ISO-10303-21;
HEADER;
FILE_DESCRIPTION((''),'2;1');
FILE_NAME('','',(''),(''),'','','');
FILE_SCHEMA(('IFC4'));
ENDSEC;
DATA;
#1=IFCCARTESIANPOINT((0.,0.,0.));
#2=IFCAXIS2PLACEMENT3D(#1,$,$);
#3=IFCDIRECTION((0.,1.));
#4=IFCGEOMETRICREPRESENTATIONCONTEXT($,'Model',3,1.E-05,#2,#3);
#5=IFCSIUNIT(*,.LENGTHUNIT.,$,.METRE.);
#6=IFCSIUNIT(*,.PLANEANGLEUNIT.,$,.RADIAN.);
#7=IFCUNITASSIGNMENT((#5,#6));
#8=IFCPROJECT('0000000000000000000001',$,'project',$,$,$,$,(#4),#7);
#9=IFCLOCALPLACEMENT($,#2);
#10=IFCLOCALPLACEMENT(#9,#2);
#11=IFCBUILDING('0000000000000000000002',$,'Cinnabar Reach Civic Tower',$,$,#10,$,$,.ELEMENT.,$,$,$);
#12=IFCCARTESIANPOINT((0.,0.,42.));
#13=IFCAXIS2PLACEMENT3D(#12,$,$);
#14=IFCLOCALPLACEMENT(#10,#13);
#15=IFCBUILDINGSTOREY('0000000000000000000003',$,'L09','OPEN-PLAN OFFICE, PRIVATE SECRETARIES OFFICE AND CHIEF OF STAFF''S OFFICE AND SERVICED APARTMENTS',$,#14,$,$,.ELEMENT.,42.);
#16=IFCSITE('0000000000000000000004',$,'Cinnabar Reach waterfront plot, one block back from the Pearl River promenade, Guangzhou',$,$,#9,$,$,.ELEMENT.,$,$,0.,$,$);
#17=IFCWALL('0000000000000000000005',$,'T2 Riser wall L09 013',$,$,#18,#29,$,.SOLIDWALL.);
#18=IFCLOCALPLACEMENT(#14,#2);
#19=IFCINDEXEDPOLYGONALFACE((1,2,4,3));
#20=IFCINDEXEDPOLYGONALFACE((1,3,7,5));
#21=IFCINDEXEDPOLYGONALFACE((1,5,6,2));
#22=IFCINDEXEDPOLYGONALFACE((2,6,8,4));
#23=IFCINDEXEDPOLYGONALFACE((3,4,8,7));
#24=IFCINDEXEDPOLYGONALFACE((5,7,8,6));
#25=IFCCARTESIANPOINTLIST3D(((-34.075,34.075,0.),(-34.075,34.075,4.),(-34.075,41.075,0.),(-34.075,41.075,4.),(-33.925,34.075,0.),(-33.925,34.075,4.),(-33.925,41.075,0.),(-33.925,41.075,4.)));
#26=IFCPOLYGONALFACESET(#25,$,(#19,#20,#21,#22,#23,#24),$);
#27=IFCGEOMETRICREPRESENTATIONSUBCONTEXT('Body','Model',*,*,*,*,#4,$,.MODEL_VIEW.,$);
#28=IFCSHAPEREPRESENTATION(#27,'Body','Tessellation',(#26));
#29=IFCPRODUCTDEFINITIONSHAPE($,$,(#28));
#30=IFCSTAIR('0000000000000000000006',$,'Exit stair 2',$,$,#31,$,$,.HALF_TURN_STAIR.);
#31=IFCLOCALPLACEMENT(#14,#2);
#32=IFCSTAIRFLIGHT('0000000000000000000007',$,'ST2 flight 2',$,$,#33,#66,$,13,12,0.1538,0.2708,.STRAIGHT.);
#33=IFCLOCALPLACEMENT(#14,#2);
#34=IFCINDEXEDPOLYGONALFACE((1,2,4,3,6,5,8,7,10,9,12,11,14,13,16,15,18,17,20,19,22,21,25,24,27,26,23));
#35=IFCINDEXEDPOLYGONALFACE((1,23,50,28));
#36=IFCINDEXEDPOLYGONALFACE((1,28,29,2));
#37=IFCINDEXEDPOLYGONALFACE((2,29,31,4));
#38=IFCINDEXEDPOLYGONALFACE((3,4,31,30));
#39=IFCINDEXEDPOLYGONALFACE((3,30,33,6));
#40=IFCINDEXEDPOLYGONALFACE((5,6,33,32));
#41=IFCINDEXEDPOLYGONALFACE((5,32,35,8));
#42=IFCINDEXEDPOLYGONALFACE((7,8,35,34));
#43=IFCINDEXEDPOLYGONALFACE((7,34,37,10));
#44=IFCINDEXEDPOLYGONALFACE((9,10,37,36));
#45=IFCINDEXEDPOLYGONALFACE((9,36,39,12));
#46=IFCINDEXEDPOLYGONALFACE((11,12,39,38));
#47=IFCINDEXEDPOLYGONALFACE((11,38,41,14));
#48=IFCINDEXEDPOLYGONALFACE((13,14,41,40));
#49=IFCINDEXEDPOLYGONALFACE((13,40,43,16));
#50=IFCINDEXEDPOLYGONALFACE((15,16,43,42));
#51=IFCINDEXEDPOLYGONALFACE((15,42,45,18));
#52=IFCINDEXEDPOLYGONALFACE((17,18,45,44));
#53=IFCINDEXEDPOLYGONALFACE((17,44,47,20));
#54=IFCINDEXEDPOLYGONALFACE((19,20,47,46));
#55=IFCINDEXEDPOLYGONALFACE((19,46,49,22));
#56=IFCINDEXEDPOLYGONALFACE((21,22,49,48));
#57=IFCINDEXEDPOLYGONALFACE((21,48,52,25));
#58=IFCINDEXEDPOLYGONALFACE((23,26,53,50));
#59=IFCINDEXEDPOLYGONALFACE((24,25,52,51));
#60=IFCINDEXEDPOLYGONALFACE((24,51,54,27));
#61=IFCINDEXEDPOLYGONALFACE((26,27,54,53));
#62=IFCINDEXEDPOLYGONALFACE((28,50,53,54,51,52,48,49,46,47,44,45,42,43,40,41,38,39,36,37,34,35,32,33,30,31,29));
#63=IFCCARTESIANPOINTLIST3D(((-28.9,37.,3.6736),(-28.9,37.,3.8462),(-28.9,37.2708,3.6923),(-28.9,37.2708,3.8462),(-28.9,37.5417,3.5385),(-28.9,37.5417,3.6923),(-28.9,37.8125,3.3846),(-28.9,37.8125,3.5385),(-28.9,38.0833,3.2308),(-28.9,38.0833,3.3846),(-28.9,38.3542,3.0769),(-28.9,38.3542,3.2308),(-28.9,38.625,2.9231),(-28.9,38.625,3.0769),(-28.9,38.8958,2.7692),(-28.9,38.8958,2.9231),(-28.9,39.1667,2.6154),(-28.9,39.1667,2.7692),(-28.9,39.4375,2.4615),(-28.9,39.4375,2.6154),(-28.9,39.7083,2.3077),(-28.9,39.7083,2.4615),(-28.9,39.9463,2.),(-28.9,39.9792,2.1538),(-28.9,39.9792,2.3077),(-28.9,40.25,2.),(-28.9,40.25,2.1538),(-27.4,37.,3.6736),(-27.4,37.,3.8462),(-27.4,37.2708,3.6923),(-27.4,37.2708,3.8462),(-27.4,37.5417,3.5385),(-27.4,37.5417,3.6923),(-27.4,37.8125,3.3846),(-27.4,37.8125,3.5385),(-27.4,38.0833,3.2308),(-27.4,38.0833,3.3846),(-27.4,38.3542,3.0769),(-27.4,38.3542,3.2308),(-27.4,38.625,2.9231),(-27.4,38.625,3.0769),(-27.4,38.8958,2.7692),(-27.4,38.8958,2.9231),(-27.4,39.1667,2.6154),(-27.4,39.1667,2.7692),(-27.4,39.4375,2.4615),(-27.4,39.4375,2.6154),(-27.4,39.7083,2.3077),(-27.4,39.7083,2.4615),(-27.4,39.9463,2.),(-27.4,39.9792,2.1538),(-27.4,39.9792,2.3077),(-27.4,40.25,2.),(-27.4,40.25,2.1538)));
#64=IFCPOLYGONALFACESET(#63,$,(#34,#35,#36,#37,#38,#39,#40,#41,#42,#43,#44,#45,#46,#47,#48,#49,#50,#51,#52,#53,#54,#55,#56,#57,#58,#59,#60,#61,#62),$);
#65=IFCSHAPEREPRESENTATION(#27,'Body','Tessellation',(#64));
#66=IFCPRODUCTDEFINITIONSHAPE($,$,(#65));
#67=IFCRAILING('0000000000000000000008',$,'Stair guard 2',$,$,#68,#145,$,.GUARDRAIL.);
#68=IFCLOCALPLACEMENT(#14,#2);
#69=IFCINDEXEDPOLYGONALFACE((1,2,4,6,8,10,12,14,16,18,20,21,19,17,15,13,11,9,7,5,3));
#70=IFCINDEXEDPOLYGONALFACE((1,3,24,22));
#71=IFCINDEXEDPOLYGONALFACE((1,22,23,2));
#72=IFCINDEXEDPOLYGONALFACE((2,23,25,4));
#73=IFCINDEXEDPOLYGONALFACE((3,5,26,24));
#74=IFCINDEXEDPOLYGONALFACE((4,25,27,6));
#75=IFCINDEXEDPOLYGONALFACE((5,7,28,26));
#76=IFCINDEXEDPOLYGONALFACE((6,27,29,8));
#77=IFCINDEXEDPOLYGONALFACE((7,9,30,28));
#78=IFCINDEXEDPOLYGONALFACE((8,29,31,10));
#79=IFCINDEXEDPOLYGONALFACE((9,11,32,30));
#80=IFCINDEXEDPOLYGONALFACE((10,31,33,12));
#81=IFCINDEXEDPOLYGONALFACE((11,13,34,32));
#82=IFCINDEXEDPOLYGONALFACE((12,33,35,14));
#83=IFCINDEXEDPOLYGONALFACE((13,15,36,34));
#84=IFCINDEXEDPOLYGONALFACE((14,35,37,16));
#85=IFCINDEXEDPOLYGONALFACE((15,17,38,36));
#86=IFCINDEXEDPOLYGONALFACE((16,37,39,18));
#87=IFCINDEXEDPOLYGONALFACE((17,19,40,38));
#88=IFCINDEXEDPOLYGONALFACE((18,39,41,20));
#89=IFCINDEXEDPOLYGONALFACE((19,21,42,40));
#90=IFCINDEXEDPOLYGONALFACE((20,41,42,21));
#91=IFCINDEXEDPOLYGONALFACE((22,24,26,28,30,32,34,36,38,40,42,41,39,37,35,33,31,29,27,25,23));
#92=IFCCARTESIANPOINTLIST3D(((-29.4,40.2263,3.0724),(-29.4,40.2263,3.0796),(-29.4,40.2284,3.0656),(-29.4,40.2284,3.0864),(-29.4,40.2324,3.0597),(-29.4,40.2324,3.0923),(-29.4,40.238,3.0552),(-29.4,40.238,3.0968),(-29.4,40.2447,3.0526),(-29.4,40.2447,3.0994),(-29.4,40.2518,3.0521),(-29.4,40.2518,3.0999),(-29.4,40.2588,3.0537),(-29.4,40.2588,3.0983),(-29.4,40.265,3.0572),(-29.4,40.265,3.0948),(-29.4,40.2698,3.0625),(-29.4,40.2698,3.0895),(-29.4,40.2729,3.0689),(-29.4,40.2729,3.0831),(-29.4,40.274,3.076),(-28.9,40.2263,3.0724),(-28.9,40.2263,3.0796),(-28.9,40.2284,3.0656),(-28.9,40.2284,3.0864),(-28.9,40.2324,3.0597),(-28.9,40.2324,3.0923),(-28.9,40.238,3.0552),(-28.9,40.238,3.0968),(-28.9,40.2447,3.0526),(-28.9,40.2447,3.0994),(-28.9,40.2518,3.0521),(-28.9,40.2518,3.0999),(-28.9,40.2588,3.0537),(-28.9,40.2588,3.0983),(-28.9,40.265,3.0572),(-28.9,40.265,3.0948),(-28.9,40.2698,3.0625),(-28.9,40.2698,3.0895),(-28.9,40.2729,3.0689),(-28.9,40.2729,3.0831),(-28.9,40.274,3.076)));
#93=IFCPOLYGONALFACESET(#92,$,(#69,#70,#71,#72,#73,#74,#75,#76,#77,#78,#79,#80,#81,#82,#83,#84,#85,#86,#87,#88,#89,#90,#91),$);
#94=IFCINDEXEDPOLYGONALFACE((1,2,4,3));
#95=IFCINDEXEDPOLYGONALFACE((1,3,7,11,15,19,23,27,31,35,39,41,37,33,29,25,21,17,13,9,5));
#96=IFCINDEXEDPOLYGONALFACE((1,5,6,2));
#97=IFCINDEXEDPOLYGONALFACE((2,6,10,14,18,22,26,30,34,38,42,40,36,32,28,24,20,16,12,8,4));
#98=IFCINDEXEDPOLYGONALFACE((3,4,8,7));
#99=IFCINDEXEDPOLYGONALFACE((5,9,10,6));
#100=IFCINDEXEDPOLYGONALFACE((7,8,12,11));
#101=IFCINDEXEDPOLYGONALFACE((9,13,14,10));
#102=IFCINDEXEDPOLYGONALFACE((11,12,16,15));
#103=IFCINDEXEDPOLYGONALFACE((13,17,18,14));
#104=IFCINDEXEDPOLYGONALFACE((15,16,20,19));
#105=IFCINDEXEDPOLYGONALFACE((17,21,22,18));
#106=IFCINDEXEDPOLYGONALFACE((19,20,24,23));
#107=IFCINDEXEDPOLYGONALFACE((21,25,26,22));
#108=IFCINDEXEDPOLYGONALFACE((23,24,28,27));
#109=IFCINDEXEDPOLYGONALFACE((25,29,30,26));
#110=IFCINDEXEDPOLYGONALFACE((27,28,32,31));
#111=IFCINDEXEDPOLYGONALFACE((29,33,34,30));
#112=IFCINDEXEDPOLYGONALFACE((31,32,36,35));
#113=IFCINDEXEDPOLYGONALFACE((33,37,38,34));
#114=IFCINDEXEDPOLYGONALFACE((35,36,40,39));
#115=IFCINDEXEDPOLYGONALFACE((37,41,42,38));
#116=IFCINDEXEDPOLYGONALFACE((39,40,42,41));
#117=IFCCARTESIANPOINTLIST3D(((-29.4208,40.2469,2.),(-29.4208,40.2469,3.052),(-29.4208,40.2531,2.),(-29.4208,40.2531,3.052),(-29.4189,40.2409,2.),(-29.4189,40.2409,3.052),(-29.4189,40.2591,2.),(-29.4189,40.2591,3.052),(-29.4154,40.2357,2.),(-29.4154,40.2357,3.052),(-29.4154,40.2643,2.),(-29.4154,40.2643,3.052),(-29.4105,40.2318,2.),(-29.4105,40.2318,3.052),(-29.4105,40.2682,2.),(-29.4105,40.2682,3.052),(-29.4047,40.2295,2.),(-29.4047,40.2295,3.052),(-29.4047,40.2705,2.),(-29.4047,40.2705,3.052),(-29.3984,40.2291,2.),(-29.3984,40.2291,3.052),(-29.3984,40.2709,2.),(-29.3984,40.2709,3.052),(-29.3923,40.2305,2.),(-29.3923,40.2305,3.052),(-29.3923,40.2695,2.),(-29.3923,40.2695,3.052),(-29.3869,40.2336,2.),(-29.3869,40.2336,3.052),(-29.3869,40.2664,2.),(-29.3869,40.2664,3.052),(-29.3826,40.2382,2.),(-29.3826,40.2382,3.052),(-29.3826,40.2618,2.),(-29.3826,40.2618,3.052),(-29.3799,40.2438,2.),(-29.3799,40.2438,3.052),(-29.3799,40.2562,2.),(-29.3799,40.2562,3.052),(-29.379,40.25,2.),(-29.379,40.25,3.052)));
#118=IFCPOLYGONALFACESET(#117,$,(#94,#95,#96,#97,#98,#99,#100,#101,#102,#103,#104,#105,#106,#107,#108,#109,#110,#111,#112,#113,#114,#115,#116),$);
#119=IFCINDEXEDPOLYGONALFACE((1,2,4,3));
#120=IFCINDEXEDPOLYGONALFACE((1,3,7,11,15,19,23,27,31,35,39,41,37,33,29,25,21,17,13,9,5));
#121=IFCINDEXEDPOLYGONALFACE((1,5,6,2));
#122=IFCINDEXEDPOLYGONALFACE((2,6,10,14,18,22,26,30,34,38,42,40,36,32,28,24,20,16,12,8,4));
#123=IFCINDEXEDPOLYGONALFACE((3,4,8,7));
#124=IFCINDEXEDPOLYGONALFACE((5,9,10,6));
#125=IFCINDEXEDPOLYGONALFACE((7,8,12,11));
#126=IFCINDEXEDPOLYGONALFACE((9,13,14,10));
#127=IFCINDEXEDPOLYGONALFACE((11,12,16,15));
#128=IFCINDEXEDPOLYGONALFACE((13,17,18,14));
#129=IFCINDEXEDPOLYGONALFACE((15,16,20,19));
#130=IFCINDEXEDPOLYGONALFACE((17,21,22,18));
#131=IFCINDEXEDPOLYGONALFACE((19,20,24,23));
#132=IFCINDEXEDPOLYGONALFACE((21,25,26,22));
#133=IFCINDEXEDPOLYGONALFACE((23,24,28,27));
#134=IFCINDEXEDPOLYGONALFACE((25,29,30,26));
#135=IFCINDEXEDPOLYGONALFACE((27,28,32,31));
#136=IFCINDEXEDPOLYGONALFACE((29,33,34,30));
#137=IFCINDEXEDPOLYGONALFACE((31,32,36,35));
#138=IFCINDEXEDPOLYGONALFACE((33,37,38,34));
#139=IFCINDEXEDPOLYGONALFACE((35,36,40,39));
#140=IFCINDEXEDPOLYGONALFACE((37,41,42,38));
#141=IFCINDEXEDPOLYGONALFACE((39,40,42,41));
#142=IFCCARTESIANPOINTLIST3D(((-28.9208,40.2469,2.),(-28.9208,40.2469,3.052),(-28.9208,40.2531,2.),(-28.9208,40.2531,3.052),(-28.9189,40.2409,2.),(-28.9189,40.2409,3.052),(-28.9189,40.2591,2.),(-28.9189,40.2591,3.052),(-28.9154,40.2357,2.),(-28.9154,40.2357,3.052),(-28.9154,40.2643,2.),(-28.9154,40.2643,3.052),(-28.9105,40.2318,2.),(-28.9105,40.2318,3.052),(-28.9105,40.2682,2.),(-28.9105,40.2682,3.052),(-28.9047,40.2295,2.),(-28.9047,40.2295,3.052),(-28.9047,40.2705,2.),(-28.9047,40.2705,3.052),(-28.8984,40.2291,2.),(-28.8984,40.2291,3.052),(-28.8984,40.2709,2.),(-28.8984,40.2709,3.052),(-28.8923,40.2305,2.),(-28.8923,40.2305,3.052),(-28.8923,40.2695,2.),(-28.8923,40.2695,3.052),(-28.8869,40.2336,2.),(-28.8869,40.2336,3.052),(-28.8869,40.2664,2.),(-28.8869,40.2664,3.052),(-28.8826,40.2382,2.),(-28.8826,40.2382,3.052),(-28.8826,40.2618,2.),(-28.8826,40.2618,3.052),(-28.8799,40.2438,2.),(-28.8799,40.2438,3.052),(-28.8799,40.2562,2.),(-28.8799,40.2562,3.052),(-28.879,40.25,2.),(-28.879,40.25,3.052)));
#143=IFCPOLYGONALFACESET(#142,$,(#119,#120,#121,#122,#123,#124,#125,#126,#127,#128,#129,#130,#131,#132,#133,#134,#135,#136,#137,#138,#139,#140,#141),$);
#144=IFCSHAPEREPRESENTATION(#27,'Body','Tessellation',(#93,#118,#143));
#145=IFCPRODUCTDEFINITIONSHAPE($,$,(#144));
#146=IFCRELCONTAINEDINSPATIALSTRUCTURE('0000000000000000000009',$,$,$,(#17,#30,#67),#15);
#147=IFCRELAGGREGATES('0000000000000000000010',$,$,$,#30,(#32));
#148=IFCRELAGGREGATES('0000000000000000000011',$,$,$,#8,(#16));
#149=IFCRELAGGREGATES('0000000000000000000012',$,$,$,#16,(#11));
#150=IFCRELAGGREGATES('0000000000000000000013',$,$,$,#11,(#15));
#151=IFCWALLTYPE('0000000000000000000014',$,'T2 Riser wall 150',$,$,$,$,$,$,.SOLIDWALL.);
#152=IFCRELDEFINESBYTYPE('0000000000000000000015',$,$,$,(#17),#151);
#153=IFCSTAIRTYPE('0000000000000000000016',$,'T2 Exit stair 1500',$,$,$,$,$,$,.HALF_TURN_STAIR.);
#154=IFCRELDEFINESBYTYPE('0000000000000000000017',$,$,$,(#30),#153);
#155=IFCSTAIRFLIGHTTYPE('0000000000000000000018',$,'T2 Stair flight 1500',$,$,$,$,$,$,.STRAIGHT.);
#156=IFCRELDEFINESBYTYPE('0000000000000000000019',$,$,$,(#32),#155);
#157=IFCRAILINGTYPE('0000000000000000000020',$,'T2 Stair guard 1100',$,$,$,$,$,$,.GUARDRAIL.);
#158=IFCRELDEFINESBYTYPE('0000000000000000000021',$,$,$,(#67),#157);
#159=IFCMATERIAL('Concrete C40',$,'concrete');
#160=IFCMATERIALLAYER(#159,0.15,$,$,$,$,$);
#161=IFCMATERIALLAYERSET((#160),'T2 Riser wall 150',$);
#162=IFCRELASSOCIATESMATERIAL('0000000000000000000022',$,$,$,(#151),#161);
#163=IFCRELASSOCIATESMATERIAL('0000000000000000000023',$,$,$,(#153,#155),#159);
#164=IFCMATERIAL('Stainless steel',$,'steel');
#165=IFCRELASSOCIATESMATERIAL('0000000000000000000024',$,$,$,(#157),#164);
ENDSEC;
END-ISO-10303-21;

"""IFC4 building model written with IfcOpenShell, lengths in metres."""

from ifc_helpers import new_model, si_unit, direction, frame, frame_2d, origin, origin_2d, place, context, subcontext, project, spatial, polyline, rectangle, circle, outline, extrude, material, layer, layer_set, type_object, element, aggregate, save


model = new_model("IFC4")

# Units and contexts
model_context = context("Model", 3, precision=1e-05, world=origin(), true_north=direction((0.0, 1.0)))
body_context = subcontext(model_context, "Body", "Model", "MODEL_VIEW")
ifc_project = project(units=[si_unit("LENGTHUNIT", "METRE"), si_unit("PLANEANGLEUNIT", "RADIAN")], contexts=[model_context])

# Site, building, storey
site_placement = place(None, origin())
site = spatial("IfcSite", under=ifc_project, at=site_placement, Name="Cinnabar Reach waterfront plot, one block back from the Pearl River promenade, Guangzhou", CompositionType="ELEMENT", RefElevation=0.0)
building_placement = place(site_placement, origin())
building = spatial("IfcBuilding", under=site, at=building_placement, Name="Cinnabar Reach Civic Tower", CompositionType="ELEMENT")
storey_placement = place(building_placement, frame((0.0, 0.0, 42.0)))
storey = spatial("IfcBuildingStorey", under=building, at=storey_placement, Name="L09", Description="OPEN-PLAN OFFICE, PRIVATE SECRETARIES OFFICE AND CHIEF OF STAFF'S OFFICE AND SERVICED APARTMENTS", CompositionType="ELEMENT", Elevation=42.0)

# Shared definitions
ifc_material_1 = material(Name="Concrete C40", Category="concrete")

# Wall
ifc_layer_1 = layer(ifc_material_1, 0.15)
ifc_layer_set_1 = layer_set([ifc_layer_1], Name="T2 Riser wall 150")
wall_type_1 = type_object("IfcWallType", Name="T2 Riser wall 150", PredefinedType="SOLIDWALL", material=ifc_layer_set_1)
wall_1_placement = place(storey_placement, frame((-34.0, 41.075, 0.0), z_axis=(0.0, 0.0, 1.0), x_axis=(0.0, -1.0, 0.0)))
element("IfcWall", 1, at=wall_1_placement, inside=storey, type_object=wall_type_1, Name="T2 Riser wall L09 013", PredefinedType="SOLIDWALL", context=body_context, shape_type="SweptSolid", body=[
    extrude(rectangle(XDim=7.0, YDim=0.15, at=frame_2d((3.5, 0.0))), origin(), (0.0, 0.0, 1.0), 4.0),
])

# Stair, stair flight
stair_type = type_object("IfcStairType", Name="T2 Exit stair 1500", PredefinedType="HALF_TURN_STAIR", material=ifc_material_1)
stair_placement = place(storey_placement, origin())
stair = element("IfcStair", 2, at=stair_placement, inside=storey, type_object=stair_type, Name="Exit stair 2", PredefinedType="HALF_TURN_STAIR")
stair_flight_type = type_object("IfcStairFlightType", Name="T2 Stair flight 1500", PredefinedType="STRAIGHT", material=ifc_material_1)
stair_flight_placement = place(storey_placement, frame((-28.15, 40.25, 2.0), z_axis=(0.0, 0.0, 1.0), x_axis=(0.0, -1.0, 0.0)))
stair_flight = element("IfcStairFlight", 3, at=stair_flight_placement, type_object=stair_flight_type, Name="ST2 flight 2", NumberOfRisers=13, NumberOfTreads=12, PredefinedType="STRAIGHT", RiserHeight=0.1538, TreadLength=0.2708, context=body_context, shape_type="SweptSolid", body=[
    extrude(outline(polyline([(0.0, 0.0), (0.0, 0.1538), (0.2708, 0.1538), (0.2708, 0.3077), (0.5417, 0.3077), (0.5417, 0.4615), (0.8125, 0.4615), (0.8125, 0.6154), (1.0833, 0.6154), (1.0833, 0.7692), (1.3542, 0.7692), (1.3542, 0.9231), (1.625, 0.9231), (1.625, 1.0769), (1.8958, 1.0769), (1.8958, 1.2308), (2.1667, 1.2308), (2.1667, 1.3846), (2.4375, 1.3846), (2.4375, 1.5385), (2.7083, 1.5385), (2.7083, 1.6923), (2.9792, 1.6923), (2.9792, 1.8462), (3.25, 1.8462), (3.25, 2.0), (3.25, 1.6736), (0.3037, 0.0), (0.0, 0.0)])), frame((0.0, 0.75, 0.0), z_axis=(0.0, -1.0, 0.0), x_axis=(1.0, 0.0, 0.0)), (0.0, 0.0, 1.0), 1.5),
])
aggregate(stair, [stair_flight])

# Railing
ifc_material_2 = material(Name="Stainless steel", Category="steel")
railing_type = type_object("IfcRailingType", Name="T2 Stair guard 1100", PredefinedType="GUARDRAIL", material=ifc_material_2)
railing_1_placement = place(storey_placement, frame((-29.4, 40.25, 2.0)))
element("IfcRailing", 4, at=railing_1_placement, inside=storey, type_object=railing_type, Name="Stair guard 2", PredefinedType="GUARDRAIL", context=body_context, shape_type="SweptSolid", body=[
    extrude(circle(Radius=0.024, at=origin_2d()), frame((0.0, 0.0, 1.076), z_axis=(1.0, 0.0, 0.0), x_axis=(0.0, 1.0, 0.0)), (0.0, 0.0, 1.0), 0.5),
    extrude(circle(Radius=0.021, at=origin_2d()), origin(), (0.0, 0.0, 1.0), 1.052),
    extrude(circle(Radius=0.021, at=origin_2d()), frame((0.5, 0.0, 0.0)), (0.0, 0.0, 1.0), 1.052),
])

save(model, "model.ifc")
